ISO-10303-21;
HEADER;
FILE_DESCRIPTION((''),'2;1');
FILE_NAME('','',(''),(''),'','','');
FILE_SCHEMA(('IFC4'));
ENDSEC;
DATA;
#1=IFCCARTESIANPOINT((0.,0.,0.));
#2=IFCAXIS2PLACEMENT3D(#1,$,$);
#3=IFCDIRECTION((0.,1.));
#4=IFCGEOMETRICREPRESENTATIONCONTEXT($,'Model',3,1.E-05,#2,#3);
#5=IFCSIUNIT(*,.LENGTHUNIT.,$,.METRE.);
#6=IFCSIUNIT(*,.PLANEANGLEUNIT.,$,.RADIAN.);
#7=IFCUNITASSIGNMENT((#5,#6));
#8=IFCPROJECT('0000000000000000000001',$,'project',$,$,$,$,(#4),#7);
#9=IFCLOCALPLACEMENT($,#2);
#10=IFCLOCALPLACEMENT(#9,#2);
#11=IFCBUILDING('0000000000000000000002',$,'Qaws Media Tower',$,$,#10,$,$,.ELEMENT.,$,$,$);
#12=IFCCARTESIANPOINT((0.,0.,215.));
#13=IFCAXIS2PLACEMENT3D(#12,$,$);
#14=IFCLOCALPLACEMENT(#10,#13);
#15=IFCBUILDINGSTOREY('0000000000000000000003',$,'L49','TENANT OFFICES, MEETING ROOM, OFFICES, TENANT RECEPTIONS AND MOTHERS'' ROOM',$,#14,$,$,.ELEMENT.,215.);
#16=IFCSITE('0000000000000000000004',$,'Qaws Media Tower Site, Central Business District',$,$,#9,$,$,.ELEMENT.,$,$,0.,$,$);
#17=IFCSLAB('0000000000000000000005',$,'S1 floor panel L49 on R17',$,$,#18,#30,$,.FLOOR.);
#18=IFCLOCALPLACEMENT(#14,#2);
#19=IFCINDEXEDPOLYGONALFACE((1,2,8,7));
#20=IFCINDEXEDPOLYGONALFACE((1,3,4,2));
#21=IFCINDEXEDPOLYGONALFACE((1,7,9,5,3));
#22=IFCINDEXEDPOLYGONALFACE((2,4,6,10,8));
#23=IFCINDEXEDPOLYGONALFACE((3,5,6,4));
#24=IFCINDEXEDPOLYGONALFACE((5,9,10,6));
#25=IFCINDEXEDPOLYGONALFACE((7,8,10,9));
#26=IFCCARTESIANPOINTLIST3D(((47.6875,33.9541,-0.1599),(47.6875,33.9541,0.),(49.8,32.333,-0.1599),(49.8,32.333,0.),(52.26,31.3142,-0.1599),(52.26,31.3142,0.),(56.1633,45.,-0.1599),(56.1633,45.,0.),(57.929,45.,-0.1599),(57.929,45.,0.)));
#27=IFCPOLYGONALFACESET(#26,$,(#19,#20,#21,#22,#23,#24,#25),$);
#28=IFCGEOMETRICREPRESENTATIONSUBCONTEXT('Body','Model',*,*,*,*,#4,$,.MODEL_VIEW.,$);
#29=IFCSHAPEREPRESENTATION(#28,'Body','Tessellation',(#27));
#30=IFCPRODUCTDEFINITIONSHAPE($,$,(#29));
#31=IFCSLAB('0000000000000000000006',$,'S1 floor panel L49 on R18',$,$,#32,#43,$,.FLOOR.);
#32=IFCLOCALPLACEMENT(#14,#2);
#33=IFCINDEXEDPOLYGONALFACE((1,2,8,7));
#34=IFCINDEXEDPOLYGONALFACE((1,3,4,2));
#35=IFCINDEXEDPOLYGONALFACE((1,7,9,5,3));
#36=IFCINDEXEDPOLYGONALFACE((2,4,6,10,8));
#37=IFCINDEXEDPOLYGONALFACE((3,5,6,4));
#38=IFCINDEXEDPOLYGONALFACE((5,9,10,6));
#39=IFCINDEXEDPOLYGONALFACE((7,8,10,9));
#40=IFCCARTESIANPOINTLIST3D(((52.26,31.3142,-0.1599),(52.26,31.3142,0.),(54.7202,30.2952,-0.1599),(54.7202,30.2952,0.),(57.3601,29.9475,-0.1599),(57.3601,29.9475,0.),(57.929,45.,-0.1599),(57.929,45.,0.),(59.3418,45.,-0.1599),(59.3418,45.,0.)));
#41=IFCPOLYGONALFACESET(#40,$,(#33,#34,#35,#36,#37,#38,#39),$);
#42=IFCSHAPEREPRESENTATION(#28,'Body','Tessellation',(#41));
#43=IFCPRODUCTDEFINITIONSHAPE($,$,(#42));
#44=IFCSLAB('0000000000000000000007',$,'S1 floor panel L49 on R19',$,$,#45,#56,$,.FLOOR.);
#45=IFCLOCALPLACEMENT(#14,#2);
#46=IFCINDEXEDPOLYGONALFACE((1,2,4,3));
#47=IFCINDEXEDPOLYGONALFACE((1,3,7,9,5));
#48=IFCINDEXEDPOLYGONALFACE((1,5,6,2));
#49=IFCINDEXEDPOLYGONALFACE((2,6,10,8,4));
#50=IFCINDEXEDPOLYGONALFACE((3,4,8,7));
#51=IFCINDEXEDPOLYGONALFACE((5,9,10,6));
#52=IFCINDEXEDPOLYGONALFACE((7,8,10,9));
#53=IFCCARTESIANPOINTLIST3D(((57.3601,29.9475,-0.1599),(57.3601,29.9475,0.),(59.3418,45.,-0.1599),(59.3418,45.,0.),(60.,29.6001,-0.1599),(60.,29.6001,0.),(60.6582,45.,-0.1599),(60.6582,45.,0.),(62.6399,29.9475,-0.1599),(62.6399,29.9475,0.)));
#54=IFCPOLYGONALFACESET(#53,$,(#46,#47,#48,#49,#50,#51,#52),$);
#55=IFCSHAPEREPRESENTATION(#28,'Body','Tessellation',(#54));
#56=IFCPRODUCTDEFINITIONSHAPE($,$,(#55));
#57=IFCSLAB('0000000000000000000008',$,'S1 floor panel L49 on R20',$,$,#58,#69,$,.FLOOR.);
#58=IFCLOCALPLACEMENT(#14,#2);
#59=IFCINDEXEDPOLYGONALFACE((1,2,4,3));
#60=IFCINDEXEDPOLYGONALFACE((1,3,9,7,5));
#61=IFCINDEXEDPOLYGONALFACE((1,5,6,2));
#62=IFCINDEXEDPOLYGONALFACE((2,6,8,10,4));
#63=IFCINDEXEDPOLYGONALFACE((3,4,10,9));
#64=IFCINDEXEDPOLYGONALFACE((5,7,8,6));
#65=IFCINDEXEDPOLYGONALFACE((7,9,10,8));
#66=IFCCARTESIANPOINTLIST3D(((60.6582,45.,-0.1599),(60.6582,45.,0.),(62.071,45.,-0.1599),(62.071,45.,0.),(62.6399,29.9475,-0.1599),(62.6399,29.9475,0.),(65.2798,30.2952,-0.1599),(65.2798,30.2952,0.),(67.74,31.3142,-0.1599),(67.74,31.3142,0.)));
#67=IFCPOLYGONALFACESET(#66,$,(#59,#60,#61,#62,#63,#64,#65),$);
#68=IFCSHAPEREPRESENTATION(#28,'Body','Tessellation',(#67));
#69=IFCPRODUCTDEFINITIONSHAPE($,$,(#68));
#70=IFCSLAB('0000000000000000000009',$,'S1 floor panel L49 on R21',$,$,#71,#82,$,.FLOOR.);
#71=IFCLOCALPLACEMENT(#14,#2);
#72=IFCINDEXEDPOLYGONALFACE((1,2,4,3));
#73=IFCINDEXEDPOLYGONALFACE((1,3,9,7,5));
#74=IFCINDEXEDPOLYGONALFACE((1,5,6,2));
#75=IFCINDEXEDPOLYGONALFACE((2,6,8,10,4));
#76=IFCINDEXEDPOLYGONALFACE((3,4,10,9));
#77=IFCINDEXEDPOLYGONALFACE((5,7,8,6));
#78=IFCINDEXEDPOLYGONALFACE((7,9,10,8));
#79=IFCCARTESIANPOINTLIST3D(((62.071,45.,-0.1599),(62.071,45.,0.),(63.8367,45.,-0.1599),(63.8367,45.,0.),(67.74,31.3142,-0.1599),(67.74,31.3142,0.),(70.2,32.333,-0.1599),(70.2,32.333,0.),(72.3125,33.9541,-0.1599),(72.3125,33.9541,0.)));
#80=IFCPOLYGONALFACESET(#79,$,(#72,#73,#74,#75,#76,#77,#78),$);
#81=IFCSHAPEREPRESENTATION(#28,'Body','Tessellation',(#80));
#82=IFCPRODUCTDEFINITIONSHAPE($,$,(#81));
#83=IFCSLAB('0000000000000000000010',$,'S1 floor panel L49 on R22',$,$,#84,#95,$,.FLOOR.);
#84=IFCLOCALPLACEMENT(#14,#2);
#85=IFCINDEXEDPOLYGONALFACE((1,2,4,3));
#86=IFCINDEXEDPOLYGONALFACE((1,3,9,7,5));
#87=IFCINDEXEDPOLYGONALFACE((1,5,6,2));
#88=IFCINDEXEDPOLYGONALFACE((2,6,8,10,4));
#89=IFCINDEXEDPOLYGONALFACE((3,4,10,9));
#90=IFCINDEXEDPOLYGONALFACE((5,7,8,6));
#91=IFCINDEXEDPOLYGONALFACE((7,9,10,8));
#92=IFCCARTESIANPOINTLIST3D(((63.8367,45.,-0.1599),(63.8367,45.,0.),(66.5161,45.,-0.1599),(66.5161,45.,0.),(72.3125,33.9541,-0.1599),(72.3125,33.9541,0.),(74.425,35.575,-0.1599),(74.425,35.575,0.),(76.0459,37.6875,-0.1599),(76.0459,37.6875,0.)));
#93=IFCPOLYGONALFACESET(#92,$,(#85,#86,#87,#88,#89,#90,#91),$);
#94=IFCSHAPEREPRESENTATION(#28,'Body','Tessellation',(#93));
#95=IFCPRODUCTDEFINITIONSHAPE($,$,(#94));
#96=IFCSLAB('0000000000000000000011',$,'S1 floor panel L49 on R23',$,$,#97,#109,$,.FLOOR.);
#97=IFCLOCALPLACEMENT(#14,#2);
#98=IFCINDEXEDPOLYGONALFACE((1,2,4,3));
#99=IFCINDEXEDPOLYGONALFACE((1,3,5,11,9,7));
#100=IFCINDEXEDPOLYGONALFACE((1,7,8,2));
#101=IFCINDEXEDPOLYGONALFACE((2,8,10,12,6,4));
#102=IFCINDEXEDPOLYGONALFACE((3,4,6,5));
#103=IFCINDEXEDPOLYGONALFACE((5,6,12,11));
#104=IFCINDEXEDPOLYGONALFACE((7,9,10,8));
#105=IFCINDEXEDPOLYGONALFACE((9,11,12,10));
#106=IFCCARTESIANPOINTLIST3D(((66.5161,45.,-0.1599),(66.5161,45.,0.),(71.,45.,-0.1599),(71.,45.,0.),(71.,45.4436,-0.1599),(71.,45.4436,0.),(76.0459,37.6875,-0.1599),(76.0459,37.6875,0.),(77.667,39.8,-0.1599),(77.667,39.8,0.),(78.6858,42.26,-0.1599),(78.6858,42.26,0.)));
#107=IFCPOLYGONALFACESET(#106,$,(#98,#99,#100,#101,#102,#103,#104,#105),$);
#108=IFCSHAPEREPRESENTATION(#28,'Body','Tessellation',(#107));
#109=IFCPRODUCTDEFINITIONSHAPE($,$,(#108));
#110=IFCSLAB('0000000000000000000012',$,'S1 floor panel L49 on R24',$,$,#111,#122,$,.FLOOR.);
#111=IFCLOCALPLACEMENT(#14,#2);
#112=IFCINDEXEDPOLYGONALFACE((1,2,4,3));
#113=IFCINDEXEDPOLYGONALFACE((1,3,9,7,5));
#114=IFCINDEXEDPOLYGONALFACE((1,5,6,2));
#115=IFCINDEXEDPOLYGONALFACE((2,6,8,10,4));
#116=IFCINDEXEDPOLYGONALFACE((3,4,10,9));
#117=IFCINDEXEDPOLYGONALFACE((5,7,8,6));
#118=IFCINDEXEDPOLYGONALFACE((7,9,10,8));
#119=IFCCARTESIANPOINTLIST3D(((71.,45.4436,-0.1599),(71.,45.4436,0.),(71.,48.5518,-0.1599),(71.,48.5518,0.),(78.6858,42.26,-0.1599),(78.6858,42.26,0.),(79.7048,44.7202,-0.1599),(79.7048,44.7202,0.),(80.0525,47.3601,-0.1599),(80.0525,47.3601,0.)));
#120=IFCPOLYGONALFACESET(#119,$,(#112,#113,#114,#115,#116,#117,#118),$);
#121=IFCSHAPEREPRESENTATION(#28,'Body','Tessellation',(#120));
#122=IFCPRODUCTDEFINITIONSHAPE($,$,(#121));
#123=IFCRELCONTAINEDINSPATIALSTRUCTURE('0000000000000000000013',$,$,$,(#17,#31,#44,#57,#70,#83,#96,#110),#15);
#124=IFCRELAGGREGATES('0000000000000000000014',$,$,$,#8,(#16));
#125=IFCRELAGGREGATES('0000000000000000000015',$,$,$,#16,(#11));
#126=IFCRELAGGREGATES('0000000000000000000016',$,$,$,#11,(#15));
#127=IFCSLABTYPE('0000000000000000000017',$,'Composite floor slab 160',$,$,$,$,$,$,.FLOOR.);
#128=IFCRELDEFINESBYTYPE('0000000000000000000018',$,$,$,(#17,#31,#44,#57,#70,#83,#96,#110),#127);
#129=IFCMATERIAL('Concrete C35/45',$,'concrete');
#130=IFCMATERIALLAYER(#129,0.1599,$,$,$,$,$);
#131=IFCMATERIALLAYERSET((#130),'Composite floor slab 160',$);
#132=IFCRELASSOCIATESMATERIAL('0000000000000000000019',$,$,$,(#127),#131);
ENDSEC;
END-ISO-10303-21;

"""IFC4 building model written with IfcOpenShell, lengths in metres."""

from ifc_helpers import new_model, si_unit, direction, frame, origin, place, context, subcontext, project, spatial, polyline, outline, extrude, material, layer, layer_set, type_object, element, save


model = new_model("IFC4")

# Units and contexts
model_context = context("Model", 3, precision=1e-05, world=origin(), true_north=direction((0.0, 1.0)))
body_context = subcontext(model_context, "Body", "Model", "MODEL_VIEW")
ifc_project = project(units=[si_unit("LENGTHUNIT", "METRE"), si_unit("PLANEANGLEUNIT", "RADIAN")], contexts=[model_context])

# Site, building, storey
site_placement = place(None, origin())
site = spatial("IfcSite", under=ifc_project, at=site_placement, Name="Qaws Media Tower Site, Central Business District", CompositionType="ELEMENT", RefElevation=0.0)
building_placement = place(site_placement, origin())
building = spatial("IfcBuilding", under=site, at=building_placement, Name="Qaws Media Tower", CompositionType="ELEMENT")
storey_placement = place(building_placement, frame((0.0, 0.0, 215.0)))
storey = spatial("IfcBuildingStorey", under=building, at=storey_placement, Name="L49", Description="TENANT OFFICES, MEETING ROOM, OFFICES, TENANT RECEPTIONS AND MOTHERS' ROOM", CompositionType="ELEMENT", Elevation=215.0)

# Slabs
ifc_material_1 = material(Name="Concrete C35/45", Category="concrete")
ifc_layer_1 = layer(ifc_material_1, 0.1599)
ifc_layer_set_1 = layer_set([ifc_layer_1], Name="Composite floor slab 160")
slab_type_1 = type_object("IfcSlabType", Name="Composite floor slab 160", PredefinedType="FLOOR", material=ifc_layer_set_1)
slab_1_placement = place(storey_placement, frame((0.0, 0.0, -0.1599)))
element("IfcSlab", 1, at=slab_1_placement, inside=storey, type_object=slab_type_1, Name="S1 floor panel L49 on R17", PredefinedType="FLOOR", context=body_context, shape_type="SweptSolid", body=[
    extrude(outline(polyline([(49.8, 32.333), (47.6875, 33.9541), (56.1633, 45.0), (57.929, 45.0), (52.26, 31.3142), (49.8, 32.333)])), origin(), (0.0, 0.0, 1.0), 0.1599),
])
slab_2_placement = place(storey_placement, frame((0.0, 0.0, -0.1599)))
element("IfcSlab", 2, at=slab_2_placement, inside=storey, type_object=slab_type_1, Name="S1 floor panel L49 on R18", PredefinedType="FLOOR", context=body_context, shape_type="SweptSolid", body=[
    extrude(outline(polyline([(54.7202, 30.2952), (52.26, 31.3142), (57.929, 45.0), (59.3418, 45.0), (57.3601, 29.9475), (54.7202, 30.2952)])), origin(), (0.0, 0.0, 1.0), 0.1599),
])
slab_3_placement = place(storey_placement, frame((0.0, 0.0, -0.1599)))
element("IfcSlab", 3, at=slab_3_placement, inside=storey, type_object=slab_type_1, Name="S1 floor panel L49 on R19", PredefinedType="FLOOR", context=body_context, shape_type="SweptSolid", body=[
    extrude(outline(polyline([(60.0, 29.6001), (57.3601, 29.9475), (59.3418, 45.0), (60.6582, 45.0), (62.6399, 29.9475), (60.0, 29.6001)])), origin(), (0.0, 0.0, 1.0), 0.1599),
])
slab_4_placement = place(storey_placement, frame((0.0, 0.0, -0.1599)))
element("IfcSlab", 4, at=slab_4_placement, inside=storey, type_object=slab_type_1, Name="S1 floor panel L49 on R20", PredefinedType="FLOOR", context=body_context, shape_type="SweptSolid", body=[
    extrude(outline(polyline([(65.2798, 30.2952), (62.6399, 29.9475), (60.6582, 45.0), (62.071, 45.0), (67.74, 31.3142), (65.2798, 30.2952)])), origin(), (0.0, 0.0, 1.0), 0.1599),
])
slab_5_placement = place(storey_placement, frame((0.0, 0.0, -0.1599)))
element("IfcSlab", 5, at=slab_5_placement, inside=storey, type_object=slab_type_1, Name="S1 floor panel L49 on R21", PredefinedType="FLOOR", context=body_context, shape_type="SweptSolid", body=[
    extrude(outline(polyline([(70.2, 32.333), (67.74, 31.3142), (62.071, 45.0), (63.8367, 45.0), (72.3125, 33.9541), (70.2, 32.333)])), origin(), (0.0, 0.0, 1.0), 0.1599),
])
slab_6_placement = place(storey_placement, frame((0.0, 0.0, -0.1599)))
element("IfcSlab", 6, at=slab_6_placement, inside=storey, type_object=slab_type_1, Name="S1 floor panel L49 on R22", PredefinedType="FLOOR", context=body_context, shape_type="SweptSolid", body=[
    extrude(outline(polyline([(74.425, 35.575), (72.3125, 33.9541), (63.8367, 45.0), (66.5161, 45.0), (76.0459, 37.6875), (74.425, 35.575)])), origin(), (0.0, 0.0, 1.0), 0.1599),
])
slab_7_placement = place(storey_placement, frame((0.0, 0.0, -0.1599)))
element("IfcSlab", 7, at=slab_7_placement, inside=storey, type_object=slab_type_1, Name="S1 floor panel L49 on R23", PredefinedType="FLOOR", context=body_context, shape_type="SweptSolid", body=[
    extrude(outline(polyline([(77.667, 39.8), (76.0459, 37.6875), (66.5161, 45.0), (71.0, 45.0), (71.0, 45.4436), (78.6858, 42.26), (77.667, 39.8)])), origin(), (0.0, 0.0, 1.0), 0.1599),
])
slab_8_placement = place(storey_placement, frame((0.0, 0.0, -0.1599)))
element("IfcSlab", 8, at=slab_8_placement, inside=storey, type_object=slab_type_1, Name="S1 floor panel L49 on R24", PredefinedType="FLOOR", context=body_context, shape_type="SweptSolid", body=[
    extrude(outline(polyline([(78.6858, 42.26), (71.0, 45.4436), (71.0, 48.5518), (80.0525, 47.3601), (79.7048, 44.7202), (78.6858, 42.26)])), origin(), (0.0, 0.0, 1.0), 0.1599),
])

save(model, "model.ifc")
